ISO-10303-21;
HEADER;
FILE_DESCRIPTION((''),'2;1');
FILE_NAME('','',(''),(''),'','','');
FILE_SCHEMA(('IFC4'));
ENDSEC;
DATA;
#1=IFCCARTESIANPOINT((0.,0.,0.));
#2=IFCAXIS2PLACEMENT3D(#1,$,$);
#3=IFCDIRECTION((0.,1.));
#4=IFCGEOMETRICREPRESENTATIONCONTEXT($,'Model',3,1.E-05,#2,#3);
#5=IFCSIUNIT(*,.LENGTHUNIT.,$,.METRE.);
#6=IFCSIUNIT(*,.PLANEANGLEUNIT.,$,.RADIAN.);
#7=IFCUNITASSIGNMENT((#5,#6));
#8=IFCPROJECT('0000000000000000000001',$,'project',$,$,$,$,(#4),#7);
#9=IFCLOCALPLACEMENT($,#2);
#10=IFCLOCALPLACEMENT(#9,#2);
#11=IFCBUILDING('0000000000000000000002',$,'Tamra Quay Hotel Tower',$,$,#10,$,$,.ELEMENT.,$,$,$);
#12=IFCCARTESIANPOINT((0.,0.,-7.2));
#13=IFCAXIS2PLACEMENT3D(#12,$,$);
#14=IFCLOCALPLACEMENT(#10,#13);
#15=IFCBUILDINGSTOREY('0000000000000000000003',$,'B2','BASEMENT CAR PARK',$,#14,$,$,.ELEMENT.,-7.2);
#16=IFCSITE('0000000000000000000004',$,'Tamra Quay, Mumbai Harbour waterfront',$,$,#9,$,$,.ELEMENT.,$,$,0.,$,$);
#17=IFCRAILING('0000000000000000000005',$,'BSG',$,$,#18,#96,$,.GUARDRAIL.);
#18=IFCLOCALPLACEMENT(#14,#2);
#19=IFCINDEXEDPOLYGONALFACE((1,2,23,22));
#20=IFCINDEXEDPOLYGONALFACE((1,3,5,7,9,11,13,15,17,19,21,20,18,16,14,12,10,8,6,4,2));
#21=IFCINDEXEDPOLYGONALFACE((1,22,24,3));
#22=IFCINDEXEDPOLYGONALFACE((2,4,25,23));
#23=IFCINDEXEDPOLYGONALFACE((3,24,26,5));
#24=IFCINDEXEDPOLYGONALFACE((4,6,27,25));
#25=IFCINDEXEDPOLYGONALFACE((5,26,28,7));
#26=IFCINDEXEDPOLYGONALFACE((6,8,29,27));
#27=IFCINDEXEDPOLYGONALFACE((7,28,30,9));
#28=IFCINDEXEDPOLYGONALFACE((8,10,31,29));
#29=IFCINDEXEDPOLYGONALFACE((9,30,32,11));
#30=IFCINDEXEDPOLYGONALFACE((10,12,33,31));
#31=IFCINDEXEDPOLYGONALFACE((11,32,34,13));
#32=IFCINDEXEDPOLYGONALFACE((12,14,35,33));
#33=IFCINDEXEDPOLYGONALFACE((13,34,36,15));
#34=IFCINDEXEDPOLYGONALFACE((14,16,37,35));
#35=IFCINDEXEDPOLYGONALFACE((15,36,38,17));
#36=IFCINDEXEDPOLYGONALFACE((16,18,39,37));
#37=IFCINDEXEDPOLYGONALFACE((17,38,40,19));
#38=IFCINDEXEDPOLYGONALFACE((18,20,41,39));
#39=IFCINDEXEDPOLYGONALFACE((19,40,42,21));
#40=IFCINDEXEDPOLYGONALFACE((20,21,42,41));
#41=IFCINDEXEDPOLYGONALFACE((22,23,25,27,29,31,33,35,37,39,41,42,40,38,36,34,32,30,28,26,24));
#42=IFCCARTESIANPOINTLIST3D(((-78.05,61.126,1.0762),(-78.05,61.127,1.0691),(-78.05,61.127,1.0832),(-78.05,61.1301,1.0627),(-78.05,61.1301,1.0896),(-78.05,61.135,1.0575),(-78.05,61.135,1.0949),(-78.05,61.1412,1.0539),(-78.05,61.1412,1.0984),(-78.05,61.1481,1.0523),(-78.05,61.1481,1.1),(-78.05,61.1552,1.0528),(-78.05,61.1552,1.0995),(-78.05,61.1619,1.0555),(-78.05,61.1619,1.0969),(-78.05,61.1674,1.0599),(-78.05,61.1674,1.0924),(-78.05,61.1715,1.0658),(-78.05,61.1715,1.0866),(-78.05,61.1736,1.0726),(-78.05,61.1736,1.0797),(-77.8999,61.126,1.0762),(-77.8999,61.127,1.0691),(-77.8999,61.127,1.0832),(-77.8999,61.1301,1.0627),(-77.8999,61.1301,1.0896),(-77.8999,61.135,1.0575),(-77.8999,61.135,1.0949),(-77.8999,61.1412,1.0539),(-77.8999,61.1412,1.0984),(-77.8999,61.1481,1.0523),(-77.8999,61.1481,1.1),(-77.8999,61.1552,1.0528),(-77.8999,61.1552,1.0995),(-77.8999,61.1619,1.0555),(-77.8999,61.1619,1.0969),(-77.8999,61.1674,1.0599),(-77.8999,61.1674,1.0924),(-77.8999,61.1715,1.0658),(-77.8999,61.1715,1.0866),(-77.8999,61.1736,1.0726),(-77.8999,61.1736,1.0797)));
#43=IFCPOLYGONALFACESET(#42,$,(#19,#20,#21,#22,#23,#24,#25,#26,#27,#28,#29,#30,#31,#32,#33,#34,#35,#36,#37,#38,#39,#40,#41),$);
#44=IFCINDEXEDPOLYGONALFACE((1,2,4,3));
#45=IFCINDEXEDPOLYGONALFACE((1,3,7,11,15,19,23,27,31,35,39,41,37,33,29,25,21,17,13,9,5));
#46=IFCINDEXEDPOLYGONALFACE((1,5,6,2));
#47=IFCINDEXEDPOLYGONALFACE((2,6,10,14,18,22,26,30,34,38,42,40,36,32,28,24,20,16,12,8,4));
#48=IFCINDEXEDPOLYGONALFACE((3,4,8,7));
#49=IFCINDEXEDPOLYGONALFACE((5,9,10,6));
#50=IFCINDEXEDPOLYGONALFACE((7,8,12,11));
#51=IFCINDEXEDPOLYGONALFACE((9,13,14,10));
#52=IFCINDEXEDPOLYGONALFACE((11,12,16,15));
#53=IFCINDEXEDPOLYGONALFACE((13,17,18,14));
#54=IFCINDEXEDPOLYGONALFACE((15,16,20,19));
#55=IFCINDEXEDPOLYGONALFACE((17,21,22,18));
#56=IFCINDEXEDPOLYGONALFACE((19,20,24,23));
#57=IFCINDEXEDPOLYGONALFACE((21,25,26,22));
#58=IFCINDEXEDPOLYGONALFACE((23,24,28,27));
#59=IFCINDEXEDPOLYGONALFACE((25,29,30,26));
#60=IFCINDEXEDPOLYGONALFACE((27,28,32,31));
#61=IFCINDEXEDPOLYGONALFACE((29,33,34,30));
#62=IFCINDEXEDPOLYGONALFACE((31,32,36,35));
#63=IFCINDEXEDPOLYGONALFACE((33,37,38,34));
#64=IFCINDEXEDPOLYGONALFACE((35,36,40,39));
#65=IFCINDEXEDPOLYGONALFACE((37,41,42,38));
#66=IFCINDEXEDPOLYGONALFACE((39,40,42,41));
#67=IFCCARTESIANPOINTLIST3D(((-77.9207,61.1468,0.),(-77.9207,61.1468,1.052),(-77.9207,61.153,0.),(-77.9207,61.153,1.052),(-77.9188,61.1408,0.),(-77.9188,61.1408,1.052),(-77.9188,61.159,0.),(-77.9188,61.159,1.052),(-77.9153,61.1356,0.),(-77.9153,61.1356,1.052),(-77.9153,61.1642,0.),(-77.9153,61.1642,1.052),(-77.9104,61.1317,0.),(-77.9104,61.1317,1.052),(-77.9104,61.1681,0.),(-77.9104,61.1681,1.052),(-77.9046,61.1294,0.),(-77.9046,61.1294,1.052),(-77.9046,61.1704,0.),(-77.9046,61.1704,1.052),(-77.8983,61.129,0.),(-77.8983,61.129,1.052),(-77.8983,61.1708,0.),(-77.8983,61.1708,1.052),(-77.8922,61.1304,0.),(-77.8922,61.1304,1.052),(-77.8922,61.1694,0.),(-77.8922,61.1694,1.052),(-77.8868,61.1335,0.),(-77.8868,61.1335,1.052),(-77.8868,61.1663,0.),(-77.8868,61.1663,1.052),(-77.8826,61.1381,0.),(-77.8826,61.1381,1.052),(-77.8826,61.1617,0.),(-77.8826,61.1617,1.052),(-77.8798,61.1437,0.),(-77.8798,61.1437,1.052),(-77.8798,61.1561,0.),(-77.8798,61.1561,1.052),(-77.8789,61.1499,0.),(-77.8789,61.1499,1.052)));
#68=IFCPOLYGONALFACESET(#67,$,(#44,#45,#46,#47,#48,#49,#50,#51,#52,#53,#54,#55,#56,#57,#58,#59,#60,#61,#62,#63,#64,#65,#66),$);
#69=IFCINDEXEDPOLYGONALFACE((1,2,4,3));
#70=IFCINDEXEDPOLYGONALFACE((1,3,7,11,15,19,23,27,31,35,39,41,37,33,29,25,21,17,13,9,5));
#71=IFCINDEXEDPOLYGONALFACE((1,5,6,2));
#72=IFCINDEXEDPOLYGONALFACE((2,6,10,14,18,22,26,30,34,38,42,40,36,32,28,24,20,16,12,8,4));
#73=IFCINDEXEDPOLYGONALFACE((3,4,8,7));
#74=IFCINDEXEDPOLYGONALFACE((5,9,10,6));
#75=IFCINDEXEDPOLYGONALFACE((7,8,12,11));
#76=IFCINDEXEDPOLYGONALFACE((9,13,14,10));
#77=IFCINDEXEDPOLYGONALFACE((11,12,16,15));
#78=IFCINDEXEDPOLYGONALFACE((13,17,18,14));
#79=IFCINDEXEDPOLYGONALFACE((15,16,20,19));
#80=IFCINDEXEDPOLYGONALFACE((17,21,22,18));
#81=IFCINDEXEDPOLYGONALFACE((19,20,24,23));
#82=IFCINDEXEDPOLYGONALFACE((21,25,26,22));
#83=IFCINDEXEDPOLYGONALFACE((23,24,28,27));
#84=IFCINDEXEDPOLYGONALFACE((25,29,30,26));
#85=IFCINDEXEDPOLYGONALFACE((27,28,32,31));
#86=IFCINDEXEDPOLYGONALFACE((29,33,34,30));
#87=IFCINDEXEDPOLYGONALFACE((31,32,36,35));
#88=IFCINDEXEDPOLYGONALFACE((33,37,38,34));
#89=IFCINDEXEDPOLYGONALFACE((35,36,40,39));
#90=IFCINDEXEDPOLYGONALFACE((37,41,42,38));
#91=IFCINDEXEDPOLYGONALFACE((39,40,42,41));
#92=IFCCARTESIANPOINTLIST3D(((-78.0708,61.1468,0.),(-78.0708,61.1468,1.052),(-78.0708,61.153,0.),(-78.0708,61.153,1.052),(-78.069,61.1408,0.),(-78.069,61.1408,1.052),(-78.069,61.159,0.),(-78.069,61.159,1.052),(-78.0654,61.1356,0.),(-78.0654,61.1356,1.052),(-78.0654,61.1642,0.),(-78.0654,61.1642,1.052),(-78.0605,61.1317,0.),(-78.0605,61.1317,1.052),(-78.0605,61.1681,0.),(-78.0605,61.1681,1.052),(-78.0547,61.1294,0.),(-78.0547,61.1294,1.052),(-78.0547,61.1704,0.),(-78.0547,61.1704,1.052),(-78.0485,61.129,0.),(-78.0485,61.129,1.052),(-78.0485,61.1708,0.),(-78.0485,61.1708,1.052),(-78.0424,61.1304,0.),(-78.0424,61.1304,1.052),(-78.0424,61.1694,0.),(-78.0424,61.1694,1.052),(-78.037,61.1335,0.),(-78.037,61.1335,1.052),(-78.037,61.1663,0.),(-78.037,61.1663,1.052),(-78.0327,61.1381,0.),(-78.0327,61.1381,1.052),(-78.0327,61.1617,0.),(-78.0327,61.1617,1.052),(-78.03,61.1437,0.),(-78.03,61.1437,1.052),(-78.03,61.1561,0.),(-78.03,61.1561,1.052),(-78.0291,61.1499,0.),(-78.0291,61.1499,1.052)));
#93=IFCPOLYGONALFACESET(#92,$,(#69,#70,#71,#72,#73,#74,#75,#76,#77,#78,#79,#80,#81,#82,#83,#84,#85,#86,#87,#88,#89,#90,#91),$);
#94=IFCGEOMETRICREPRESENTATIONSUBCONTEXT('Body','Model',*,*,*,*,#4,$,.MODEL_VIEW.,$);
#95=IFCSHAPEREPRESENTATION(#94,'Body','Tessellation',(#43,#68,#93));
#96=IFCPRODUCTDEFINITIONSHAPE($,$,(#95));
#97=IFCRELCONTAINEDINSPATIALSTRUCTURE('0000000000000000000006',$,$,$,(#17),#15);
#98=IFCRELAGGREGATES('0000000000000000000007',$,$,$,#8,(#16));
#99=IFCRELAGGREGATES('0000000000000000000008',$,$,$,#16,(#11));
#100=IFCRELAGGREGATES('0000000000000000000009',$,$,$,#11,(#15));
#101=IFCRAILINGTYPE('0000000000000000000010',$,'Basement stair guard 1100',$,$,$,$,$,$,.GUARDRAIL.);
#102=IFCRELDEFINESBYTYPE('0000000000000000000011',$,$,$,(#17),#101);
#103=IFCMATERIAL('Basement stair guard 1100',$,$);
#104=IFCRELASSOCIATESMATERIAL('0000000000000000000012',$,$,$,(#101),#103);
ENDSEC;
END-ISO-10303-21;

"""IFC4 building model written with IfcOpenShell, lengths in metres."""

from ifc_helpers import new_model, si_unit, direction, frame, origin, origin_2d, place, context, subcontext, project, spatial, circle, extrude, material, type_object, element, save


model = new_model("IFC4")

# Units and contexts
model_context = context("Model", 3, precision=1e-05, world=origin(), true_north=direction((0.0, 1.0)))
body_context = subcontext(model_context, "Body", "Model", "MODEL_VIEW")
ifc_project = project(units=[si_unit("LENGTHUNIT", "METRE"), si_unit("PLANEANGLEUNIT", "RADIAN")], contexts=[model_context])

# Site, building, storey
site_placement = place(None, origin())
site = spatial("IfcSite", under=ifc_project, at=site_placement, Name="Tamra Quay, Mumbai Harbour waterfront", CompositionType="ELEMENT", RefElevation=0.0)
building_placement = place(site_placement, origin())
building = spatial("IfcBuilding", under=site, at=building_placement, Name="Tamra Quay Hotel Tower", CompositionType="ELEMENT")
storey_placement = place(building_placement, frame((0.0, 0.0, -7.2)))
storey = spatial("IfcBuildingStorey", under=building, at=storey_placement, Name="B2", Description="BASEMENT CAR PARK", CompositionType="ELEMENT", Elevation=-7.2)

# Railing
ifc_material_1 = material(Name="Basement stair guard 1100")
railing_type_1 = type_object("IfcRailingType", Name="Basement stair guard 1100", PredefinedType="GUARDRAIL", material=ifc_material_1)
railing_1_placement = place(storey_placement, frame((-77.8999, 61.1499, 0.0)))
element("IfcRailing", 1, at=railing_1_placement, inside=storey, type_object=railing_type_1, Name="BSG", PredefinedType="GUARDRAIL", context=body_context, shape_type="SweptSolid", body=[
    extrude(circle(Radius=0.0239, at=origin_2d()), frame((0.0, 0.0, 1.0762), z_axis=(-1.0, 0.0, 0.0), x_axis=(0.0, -1.0, 0.0)), (0.0, 0.0, 1.0), 0.1501),
    extrude(circle(Radius=0.021, at=origin_2d()), origin(), (0.0, 0.0, 1.0), 1.052),
    extrude(circle(Radius=0.021, at=origin_2d()), frame((-0.1501, 0.0, 0.0)), (0.0, 0.0, 1.0), 1.052),
])

save(model, "model.ifc")
